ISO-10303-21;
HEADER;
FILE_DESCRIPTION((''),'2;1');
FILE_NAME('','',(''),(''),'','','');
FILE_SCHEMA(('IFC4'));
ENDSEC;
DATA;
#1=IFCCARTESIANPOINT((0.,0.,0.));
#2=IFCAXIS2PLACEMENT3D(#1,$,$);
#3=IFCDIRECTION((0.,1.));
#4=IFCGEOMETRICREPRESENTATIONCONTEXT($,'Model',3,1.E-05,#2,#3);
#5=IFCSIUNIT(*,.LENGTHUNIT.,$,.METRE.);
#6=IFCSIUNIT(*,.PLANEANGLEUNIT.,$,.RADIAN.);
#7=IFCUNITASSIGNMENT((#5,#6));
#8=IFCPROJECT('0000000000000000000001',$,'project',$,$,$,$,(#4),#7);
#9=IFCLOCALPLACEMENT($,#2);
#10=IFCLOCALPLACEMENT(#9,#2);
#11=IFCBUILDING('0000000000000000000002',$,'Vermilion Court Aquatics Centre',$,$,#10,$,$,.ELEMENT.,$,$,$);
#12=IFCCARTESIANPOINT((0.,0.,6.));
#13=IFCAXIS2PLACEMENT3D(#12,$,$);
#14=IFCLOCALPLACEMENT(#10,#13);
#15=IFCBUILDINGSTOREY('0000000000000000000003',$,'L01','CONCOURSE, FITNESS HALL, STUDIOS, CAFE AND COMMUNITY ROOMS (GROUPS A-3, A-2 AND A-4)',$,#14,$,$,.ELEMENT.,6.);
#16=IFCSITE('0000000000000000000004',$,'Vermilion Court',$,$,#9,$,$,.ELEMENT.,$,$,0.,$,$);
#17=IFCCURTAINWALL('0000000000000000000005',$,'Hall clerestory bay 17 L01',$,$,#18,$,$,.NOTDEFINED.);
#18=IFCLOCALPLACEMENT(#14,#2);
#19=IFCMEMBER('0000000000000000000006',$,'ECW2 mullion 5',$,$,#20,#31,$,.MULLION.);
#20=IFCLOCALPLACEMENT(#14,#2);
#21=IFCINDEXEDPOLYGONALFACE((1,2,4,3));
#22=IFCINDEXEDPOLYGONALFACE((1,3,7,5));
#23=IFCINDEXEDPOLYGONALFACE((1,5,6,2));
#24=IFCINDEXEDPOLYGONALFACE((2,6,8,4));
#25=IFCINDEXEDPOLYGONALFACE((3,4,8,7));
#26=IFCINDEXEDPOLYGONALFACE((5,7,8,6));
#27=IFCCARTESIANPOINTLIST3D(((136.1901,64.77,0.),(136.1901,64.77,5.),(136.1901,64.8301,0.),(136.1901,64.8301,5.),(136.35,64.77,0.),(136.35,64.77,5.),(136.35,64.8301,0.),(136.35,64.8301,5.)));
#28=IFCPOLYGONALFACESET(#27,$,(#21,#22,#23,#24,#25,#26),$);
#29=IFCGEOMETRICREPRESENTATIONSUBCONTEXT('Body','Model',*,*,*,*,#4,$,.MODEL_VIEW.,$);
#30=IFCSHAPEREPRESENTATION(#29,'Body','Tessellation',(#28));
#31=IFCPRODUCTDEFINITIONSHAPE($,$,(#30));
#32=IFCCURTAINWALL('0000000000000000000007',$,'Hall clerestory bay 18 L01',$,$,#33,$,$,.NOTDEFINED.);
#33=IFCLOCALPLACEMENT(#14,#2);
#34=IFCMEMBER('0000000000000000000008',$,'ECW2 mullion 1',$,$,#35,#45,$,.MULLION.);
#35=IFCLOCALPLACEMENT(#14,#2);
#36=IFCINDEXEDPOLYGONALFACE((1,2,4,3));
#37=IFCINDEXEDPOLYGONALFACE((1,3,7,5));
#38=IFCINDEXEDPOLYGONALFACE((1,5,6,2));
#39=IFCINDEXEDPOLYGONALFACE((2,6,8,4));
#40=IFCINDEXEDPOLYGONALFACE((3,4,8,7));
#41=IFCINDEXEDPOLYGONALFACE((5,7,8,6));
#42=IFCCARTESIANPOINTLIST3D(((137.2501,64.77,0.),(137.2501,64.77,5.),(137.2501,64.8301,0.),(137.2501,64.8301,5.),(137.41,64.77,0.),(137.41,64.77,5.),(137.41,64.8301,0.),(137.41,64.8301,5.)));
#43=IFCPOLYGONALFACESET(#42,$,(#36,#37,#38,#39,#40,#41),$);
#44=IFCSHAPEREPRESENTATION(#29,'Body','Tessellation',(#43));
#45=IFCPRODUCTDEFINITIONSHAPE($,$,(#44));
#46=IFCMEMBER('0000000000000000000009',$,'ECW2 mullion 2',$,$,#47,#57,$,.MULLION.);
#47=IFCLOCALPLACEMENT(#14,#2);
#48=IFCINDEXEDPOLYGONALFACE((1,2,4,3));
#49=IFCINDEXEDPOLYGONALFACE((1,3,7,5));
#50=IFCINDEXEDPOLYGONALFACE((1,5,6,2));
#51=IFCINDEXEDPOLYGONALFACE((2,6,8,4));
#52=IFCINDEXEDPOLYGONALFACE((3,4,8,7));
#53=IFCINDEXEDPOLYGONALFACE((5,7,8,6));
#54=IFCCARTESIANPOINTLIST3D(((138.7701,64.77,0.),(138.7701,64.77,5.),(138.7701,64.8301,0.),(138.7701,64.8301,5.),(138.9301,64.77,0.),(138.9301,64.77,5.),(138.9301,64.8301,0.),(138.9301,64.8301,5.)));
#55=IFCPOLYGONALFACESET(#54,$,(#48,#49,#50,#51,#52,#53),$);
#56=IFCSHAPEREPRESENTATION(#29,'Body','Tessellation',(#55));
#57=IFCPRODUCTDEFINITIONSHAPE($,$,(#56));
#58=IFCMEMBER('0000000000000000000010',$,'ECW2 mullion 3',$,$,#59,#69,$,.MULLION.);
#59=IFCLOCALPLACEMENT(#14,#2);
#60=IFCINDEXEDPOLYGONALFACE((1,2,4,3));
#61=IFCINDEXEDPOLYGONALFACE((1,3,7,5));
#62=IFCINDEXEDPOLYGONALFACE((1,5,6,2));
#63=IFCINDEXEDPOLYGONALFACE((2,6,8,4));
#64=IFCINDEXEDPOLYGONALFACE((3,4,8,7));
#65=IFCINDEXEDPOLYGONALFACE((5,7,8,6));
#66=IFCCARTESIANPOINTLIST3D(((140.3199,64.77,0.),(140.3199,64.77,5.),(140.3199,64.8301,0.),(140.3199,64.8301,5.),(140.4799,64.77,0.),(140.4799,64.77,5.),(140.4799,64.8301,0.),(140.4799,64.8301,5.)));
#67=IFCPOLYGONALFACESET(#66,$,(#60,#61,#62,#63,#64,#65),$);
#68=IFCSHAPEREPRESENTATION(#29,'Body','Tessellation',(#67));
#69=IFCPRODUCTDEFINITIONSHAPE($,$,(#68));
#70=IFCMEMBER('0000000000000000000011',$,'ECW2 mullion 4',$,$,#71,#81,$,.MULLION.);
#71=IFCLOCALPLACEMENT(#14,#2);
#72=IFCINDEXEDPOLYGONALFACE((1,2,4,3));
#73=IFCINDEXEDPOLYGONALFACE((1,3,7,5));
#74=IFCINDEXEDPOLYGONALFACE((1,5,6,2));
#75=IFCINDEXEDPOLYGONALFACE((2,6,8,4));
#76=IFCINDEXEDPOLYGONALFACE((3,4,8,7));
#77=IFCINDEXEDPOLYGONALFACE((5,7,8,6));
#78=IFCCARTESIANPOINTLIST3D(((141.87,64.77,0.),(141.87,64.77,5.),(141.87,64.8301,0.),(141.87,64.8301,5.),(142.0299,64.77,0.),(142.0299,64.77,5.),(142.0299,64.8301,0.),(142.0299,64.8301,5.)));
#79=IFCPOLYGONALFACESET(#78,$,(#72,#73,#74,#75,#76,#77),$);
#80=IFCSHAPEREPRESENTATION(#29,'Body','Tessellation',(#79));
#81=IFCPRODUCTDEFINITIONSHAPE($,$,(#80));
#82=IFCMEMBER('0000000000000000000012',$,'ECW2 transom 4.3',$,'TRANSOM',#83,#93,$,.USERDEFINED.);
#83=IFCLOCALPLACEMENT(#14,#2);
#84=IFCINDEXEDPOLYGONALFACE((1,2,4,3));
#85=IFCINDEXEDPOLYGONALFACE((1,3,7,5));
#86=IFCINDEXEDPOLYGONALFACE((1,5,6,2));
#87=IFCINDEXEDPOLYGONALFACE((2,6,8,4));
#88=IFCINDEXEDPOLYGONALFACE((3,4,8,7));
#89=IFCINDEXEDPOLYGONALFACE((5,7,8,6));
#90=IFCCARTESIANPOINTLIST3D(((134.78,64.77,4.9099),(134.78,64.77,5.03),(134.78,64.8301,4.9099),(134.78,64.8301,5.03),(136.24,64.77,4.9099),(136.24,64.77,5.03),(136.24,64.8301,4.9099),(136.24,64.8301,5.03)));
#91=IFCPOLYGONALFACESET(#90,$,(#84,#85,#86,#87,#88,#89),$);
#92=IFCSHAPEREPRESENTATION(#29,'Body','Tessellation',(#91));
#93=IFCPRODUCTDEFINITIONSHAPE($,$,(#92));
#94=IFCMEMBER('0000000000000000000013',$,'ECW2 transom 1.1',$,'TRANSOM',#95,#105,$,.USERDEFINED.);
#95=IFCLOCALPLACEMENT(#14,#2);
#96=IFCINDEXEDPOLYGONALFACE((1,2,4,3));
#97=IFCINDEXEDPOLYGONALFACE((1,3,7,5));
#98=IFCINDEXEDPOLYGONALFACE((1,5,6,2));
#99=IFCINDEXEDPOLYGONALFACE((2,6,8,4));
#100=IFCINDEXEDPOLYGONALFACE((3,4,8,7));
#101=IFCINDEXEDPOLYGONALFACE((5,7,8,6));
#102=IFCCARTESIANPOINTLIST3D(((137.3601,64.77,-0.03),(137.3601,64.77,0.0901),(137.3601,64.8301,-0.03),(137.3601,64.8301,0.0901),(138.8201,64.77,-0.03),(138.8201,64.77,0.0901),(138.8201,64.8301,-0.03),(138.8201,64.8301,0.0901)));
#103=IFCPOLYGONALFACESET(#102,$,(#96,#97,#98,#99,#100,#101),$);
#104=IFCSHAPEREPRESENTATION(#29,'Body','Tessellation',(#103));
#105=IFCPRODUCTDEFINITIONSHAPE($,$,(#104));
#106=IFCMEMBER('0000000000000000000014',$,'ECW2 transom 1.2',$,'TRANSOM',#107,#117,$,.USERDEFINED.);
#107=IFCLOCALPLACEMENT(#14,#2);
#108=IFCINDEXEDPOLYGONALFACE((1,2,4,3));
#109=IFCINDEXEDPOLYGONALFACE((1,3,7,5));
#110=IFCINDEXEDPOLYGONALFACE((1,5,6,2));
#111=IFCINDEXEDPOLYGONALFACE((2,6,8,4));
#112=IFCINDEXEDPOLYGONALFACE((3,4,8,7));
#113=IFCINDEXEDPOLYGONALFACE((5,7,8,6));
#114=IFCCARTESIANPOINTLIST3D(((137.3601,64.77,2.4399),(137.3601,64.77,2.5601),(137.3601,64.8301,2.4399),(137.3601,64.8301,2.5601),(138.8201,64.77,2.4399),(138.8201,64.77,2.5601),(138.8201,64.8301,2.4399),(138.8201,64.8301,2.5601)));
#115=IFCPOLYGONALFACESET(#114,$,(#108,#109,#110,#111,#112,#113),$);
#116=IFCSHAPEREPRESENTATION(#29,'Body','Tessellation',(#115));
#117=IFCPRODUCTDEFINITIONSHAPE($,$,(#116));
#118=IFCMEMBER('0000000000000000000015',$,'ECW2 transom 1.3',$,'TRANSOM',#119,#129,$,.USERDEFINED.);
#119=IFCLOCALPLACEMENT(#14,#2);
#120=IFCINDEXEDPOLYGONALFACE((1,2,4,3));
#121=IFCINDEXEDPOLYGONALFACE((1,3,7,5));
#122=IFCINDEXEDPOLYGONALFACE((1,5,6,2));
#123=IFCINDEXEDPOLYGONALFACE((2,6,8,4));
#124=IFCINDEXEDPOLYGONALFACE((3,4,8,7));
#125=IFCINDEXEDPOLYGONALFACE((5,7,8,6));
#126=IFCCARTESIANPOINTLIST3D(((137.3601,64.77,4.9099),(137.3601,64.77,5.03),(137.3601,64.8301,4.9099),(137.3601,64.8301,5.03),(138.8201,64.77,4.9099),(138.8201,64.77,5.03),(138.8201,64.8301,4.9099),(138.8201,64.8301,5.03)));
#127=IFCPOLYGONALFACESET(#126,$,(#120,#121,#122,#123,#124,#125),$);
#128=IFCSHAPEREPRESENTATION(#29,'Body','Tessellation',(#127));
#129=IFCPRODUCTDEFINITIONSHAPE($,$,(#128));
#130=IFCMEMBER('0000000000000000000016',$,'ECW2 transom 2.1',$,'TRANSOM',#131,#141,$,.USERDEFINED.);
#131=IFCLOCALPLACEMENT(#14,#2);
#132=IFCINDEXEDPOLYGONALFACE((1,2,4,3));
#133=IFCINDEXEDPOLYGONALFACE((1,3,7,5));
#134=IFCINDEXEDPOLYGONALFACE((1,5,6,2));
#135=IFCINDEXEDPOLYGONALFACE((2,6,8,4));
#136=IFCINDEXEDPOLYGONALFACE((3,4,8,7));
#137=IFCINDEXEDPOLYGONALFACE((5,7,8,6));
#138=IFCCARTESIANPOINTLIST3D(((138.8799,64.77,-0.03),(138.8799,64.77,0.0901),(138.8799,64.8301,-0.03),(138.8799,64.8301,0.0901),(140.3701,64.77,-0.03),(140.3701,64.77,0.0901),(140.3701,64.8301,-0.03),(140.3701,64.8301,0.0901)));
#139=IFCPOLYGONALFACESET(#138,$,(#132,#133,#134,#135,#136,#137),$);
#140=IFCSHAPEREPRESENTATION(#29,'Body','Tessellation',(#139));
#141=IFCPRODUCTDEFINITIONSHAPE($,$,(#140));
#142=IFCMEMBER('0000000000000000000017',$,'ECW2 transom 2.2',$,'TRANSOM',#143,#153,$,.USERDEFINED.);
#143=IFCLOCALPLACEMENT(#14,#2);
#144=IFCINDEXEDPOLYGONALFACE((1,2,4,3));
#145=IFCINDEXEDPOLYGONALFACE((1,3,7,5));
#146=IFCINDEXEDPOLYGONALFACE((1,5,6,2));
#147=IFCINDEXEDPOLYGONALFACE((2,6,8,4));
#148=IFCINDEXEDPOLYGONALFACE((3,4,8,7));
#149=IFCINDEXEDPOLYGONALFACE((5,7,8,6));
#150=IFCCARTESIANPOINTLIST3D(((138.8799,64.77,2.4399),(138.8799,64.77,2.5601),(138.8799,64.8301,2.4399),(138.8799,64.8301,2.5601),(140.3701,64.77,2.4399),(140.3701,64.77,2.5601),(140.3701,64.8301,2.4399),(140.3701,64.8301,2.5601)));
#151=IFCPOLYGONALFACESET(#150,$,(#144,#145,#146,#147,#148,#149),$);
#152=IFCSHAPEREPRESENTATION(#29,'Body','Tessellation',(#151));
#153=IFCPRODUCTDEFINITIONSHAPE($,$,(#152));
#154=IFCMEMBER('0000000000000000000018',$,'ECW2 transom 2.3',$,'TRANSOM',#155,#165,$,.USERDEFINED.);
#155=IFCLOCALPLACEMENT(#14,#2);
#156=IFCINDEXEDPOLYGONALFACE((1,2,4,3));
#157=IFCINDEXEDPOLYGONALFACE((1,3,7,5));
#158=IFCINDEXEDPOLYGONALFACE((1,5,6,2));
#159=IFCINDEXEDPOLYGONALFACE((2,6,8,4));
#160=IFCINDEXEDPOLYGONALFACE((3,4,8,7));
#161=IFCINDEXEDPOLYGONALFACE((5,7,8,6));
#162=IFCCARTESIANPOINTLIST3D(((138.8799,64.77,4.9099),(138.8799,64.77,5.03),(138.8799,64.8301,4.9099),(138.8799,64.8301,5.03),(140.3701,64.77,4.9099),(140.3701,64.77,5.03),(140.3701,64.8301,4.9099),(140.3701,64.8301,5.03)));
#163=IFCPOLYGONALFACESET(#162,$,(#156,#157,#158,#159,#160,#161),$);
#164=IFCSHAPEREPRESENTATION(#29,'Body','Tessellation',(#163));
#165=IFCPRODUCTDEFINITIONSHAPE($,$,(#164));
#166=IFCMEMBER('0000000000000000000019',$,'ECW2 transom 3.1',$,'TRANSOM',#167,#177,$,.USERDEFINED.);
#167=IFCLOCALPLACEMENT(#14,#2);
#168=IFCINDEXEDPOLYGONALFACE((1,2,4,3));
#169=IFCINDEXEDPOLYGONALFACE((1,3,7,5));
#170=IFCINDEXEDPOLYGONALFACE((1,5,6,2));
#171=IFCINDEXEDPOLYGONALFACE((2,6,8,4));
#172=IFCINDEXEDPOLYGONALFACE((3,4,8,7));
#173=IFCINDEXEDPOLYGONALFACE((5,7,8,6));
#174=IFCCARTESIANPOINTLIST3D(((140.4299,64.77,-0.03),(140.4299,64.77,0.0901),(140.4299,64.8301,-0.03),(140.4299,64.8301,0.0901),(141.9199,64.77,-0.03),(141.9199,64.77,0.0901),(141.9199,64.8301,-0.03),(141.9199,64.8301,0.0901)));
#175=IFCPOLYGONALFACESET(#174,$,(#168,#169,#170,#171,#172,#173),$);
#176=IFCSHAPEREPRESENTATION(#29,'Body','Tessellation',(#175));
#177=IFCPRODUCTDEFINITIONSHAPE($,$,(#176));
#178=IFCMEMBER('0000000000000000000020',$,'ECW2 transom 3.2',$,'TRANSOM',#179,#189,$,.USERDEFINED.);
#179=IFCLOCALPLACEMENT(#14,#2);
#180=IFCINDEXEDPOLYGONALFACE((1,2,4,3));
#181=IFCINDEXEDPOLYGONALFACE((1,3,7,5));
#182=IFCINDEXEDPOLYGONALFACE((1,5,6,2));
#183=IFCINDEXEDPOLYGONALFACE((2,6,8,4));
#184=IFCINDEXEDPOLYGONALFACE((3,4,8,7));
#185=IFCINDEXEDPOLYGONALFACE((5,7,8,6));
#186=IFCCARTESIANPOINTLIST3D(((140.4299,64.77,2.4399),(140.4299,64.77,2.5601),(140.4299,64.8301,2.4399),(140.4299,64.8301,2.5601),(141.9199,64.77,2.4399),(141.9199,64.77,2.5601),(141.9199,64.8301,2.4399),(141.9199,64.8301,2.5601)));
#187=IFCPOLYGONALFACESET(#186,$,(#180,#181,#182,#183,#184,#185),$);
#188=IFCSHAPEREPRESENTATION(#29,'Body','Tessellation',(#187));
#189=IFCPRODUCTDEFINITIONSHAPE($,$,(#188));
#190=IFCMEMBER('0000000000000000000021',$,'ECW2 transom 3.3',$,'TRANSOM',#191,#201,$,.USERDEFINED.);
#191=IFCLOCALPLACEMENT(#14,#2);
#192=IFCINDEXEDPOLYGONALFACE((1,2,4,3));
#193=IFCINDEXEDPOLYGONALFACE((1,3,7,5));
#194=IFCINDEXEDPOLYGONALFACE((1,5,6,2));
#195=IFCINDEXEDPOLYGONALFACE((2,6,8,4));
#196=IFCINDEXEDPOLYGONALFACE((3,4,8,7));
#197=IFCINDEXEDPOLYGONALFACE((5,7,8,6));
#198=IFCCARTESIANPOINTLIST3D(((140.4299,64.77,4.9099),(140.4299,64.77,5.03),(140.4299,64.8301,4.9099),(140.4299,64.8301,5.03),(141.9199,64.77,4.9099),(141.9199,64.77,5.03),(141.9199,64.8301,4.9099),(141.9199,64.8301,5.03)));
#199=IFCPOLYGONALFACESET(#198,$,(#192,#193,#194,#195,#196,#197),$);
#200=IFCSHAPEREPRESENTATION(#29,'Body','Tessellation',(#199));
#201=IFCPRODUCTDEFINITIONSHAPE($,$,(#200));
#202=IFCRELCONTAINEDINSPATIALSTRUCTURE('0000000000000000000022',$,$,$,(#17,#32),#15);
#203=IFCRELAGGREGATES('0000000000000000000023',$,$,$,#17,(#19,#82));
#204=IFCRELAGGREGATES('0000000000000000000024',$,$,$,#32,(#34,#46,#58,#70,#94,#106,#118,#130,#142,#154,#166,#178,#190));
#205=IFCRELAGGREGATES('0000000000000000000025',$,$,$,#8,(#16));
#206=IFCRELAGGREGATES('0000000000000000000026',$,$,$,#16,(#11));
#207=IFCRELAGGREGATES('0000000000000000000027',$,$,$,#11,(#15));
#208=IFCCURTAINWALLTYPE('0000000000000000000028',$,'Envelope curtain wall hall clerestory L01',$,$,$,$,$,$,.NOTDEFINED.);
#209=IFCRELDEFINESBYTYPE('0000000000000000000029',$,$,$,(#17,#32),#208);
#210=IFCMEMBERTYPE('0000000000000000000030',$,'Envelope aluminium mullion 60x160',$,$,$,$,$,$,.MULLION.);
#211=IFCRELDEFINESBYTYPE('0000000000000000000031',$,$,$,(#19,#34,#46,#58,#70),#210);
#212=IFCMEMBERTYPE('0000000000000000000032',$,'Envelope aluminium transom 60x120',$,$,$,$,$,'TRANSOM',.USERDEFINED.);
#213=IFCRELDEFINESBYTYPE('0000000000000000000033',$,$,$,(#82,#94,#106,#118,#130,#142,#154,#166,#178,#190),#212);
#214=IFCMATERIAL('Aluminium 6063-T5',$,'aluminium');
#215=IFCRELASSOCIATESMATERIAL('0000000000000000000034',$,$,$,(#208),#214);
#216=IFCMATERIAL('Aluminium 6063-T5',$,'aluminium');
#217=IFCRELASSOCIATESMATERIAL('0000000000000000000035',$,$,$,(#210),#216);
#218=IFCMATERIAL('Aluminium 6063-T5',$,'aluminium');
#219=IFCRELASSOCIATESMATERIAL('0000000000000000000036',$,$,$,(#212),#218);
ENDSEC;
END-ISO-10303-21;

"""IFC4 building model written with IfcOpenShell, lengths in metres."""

from ifc_helpers import new_model, si_unit, direction, frame, origin, origin_2d, place, context, subcontext, project, spatial, rectangle, extrude, material, material_profile, profile_set, type_object, element, aggregate, save


model = new_model("IFC4")

# Units and contexts
model_context = context("Model", 3, precision=1e-05, world=origin(), true_north=direction((0.0, 1.0)))
body_context = subcontext(model_context, "Body", "Model", "MODEL_VIEW")
ifc_project = project(units=[si_unit("LENGTHUNIT", "METRE"), si_unit("PLANEANGLEUNIT", "RADIAN")], contexts=[model_context])

# Site, building, storey
site_placement = place(None, origin())
site = spatial("IfcSite", under=ifc_project, at=site_placement, Name="Vermilion Court", CompositionType="ELEMENT", RefElevation=0.0)
building_placement = place(site_placement, origin())
building = spatial("IfcBuilding", under=site, at=building_placement, Name="Vermilion Court Aquatics Centre", CompositionType="ELEMENT")
storey_placement = place(building_placement, frame((0.0, 0.0, 6.0)))
storey = spatial("IfcBuildingStorey", under=building, at=storey_placement, Name="L01", Description="CONCOURSE, FITNESS HALL, STUDIOS, CAFE AND COMMUNITY ROOMS (GROUPS A-3, A-2 AND A-4)", CompositionType="ELEMENT", Elevation=6.0)

# Curtain wall, member
ifc_material_1 = material(Name="Aluminium 6063-T5", Category="aluminium")
curtain_wall_type = type_object("IfcCurtainWallType", Name="Envelope curtain wall hall clerestory L01", PredefinedType="NOTDEFINED", material=ifc_material_1)
curtain_wall_1_placement = place(storey_placement, origin())
curtain_wall_1 = element("IfcCurtainWall", 1, at=curtain_wall_1_placement, inside=storey, type_object=curtain_wall_type, Name="Hall clerestory bay 17 L01", PredefinedType="NOTDEFINED")
ifc_material_2 = material(Name="Aluminium 6063-T5", Category="aluminium")
ifc_material_profile_1 = material_profile(ifc_material_2, rectangle(XDim=0.0601, YDim=0.1599, at=origin_2d()), Name="AL 60x160")
ifc_profile_set_1 = profile_set([ifc_material_profile_1], Name="Aluminium 6063-T5")
member_type_1 = type_object("IfcMemberType", Name="Envelope aluminium mullion 60x160", PredefinedType="MULLION", material=ifc_profile_set_1)
member_1_placement = place(storey_placement, frame((136.27, 64.8, 0.0), z_axis=(0.0, 0.0, 1.0), x_axis=(0.0, 1.0, 0.0)))
member_1 = element("IfcMember", 2, at=member_1_placement, type_object=member_type_1, Name="ECW2 mullion 5", PredefinedType="MULLION", context=body_context, shape_type="SweptSolid", body=[
    extrude(rectangle(XDim=0.0601, YDim=0.1599, at=origin_2d()), origin(), (0.0, 0.0, 1.0), 5.0),
])

# Curtain wall, members
curtain_wall_2_placement = place(storey_placement, origin())
curtain_wall_2 = element("IfcCurtainWall", 3, at=curtain_wall_2_placement, inside=storey, type_object=curtain_wall_type, Name="Hall clerestory bay 18 L01", PredefinedType="NOTDEFINED")
member_2_placement = place(storey_placement, frame((137.3301, 64.8, 0.0), z_axis=(0.0, 0.0, 1.0), x_axis=(0.0, 1.0, 0.0)))
member_2 = element("IfcMember", 4, at=member_2_placement, type_object=member_type_1, Name="ECW2 mullion 1", PredefinedType="MULLION", context=body_context, shape_type="SweptSolid", body=[
    extrude(rectangle(XDim=0.0601, YDim=0.1599, at=origin_2d()), origin(), (0.0, 0.0, 1.0), 5.0),
])
member_3_placement = place(storey_placement, frame((138.8501, 64.8, 0.0), z_axis=(0.0, 0.0, 1.0), x_axis=(0.0, 1.0, 0.0)))
member_3 = element("IfcMember", 5, at=member_3_placement, type_object=member_type_1, Name="ECW2 mullion 2", PredefinedType="MULLION", context=body_context, shape_type="SweptSolid", body=[
    extrude(rectangle(XDim=0.0601, YDim=0.1599, at=origin_2d()), origin(), (0.0, 0.0, 1.0), 5.0),
])
member_4_placement = place(storey_placement, frame((140.3999, 64.8, 0.0), z_axis=(0.0, 0.0, 1.0), x_axis=(0.0, 1.0, 0.0)))
member_4 = element("IfcMember", 6, at=member_4_placement, type_object=member_type_1, Name="ECW2 mullion 3", PredefinedType="MULLION", context=body_context, shape_type="SweptSolid", body=[
    extrude(rectangle(XDim=0.0601, YDim=0.1599, at=origin_2d()), origin(), (0.0, 0.0, 1.0), 5.0),
])
member_5_placement = place(storey_placement, frame((141.95, 64.8, 0.0), z_axis=(0.0, 0.0, 1.0), x_axis=(0.0, 1.0, 0.0)))
member_5 = element("IfcMember", 7, at=member_5_placement, type_object=member_type_1, Name="ECW2 mullion 4", PredefinedType="MULLION", context=body_context, shape_type="SweptSolid", body=[
    extrude(rectangle(XDim=0.0601, YDim=0.1599, at=origin_2d()), origin(), (0.0, 0.0, 1.0), 5.0),
])

# Members
ifc_material_3 = material(Name="Aluminium 6063-T5", Category="aluminium")
ifc_material_profile_2 = material_profile(ifc_material_3, rectangle(XDim=0.0601, YDim=0.1201, at=origin_2d()), Name="AL 60x120")
ifc_profile_set_2 = profile_set([ifc_material_profile_2], Name="Aluminium 6063-T5")
member_type_2 = type_object("IfcMemberType", Name="Envelope aluminium transom 60x120", ElementType="TRANSOM", PredefinedType="USERDEFINED", material=ifc_profile_set_2)
member_6_placement = place(storey_placement, frame((134.78, 64.8, 4.97), z_axis=(1.0, 0.0, 0.0), x_axis=(0.0, 1.0, 0.0)))
member_6 = element("IfcMember", 8, at=member_6_placement, type_object=member_type_2, Name="ECW2 transom 4.3", ObjectType="TRANSOM", PredefinedType="USERDEFINED", context=body_context, shape_type="SweptSolid", body=[
    extrude(rectangle(XDim=0.0601, YDim=0.1201, at=origin_2d()), origin(), (0.0, 0.0, 1.0), 1.46),
])
member_7_placement = place(storey_placement, frame((137.3601, 64.8, 0.03), z_axis=(1.0, 0.0, 0.0), x_axis=(0.0, 1.0, 0.0)))
member_7 = element("IfcMember", 9, at=member_7_placement, type_object=member_type_2, Name="ECW2 transom 1.1", ObjectType="TRANSOM", PredefinedType="USERDEFINED", context=body_context, shape_type="SweptSolid", body=[
    extrude(rectangle(XDim=0.0601, YDim=0.1201, at=origin_2d()), origin(), (0.0, 0.0, 1.0), 1.46),
])
member_8_placement = place(storey_placement, frame((137.3601, 64.8, 2.5), z_axis=(1.0, 0.0, 0.0), x_axis=(0.0, 1.0, 0.0)))
member_8 = element("IfcMember", 10, at=member_8_placement, type_object=member_type_2, Name="ECW2 transom 1.2", ObjectType="TRANSOM", PredefinedType="USERDEFINED", context=body_context, shape_type="SweptSolid", body=[
    extrude(rectangle(XDim=0.0601, YDim=0.1201, at=origin_2d()), origin(), (0.0, 0.0, 1.0), 1.46),
])
member_9_placement = place(storey_placement, frame((137.3601, 64.8, 4.97), z_axis=(1.0, 0.0, 0.0), x_axis=(0.0, 1.0, 0.0)))
member_9 = element("IfcMember", 11, at=member_9_placement, type_object=member_type_2, Name="ECW2 transom 1.3", ObjectType="TRANSOM", PredefinedType="USERDEFINED", context=body_context, shape_type="SweptSolid", body=[
    extrude(rectangle(XDim=0.0601, YDim=0.1201, at=origin_2d()), origin(), (0.0, 0.0, 1.0), 1.46),
])
member_10_placement = place(storey_placement, frame((138.8799, 64.8, 0.03), z_axis=(1.0, 0.0, 0.0), x_axis=(0.0, 1.0, 0.0)))
member_10 = element("IfcMember", 12, at=member_10_placement, type_object=member_type_2, Name="ECW2 transom 2.1", ObjectType="TRANSOM", PredefinedType="USERDEFINED", context=body_context, shape_type="SweptSolid", body=[
    extrude(rectangle(XDim=0.0601, YDim=0.1201, at=origin_2d()), origin(), (0.0, 0.0, 1.0), 1.4902),
])
member_11_placement = place(storey_placement, frame((138.8799, 64.8, 2.5), z_axis=(1.0, 0.0, 0.0), x_axis=(0.0, 1.0, 0.0)))
member_11 = element("IfcMember", 13, at=member_11_placement, type_object=member_type_2, Name="ECW2 transom 2.2", ObjectType="TRANSOM", PredefinedType="USERDEFINED", context=body_context, shape_type="SweptSolid", body=[
    extrude(rectangle(XDim=0.0601, YDim=0.1201, at=origin_2d()), origin(), (0.0, 0.0, 1.0), 1.4902),
])
member_12_placement = place(storey_placement, frame((138.8799, 64.8, 4.97), z_axis=(1.0, 0.0, 0.0), x_axis=(0.0, 1.0, 0.0)))
member_12 = element("IfcMember", 14, at=member_12_placement, type_object=member_type_2, Name="ECW2 transom 2.3", ObjectType="TRANSOM", PredefinedType="USERDEFINED", context=body_context, shape_type="SweptSolid", body=[
    extrude(rectangle(XDim=0.0601, YDim=0.1201, at=origin_2d()), origin(), (0.0, 0.0, 1.0), 1.4902),
])
member_13_placement = place(storey_placement, frame((140.4299, 64.8, 0.03), z_axis=(1.0, 0.0, 0.0), x_axis=(0.0, 1.0, 0.0)))
member_13 = element("IfcMember", 15, at=member_13_placement, type_object=member_type_2, Name="ECW2 transom 3.1", ObjectType="TRANSOM", PredefinedType="USERDEFINED", context=body_context, shape_type="SweptSolid", body=[
    extrude(rectangle(XDim=0.0601, YDim=0.1201, at=origin_2d()), origin(), (0.0, 0.0, 1.0), 1.49),
])
member_14_placement = place(storey_placement, frame((140.4299, 64.8, 2.5), z_axis=(1.0, 0.0, 0.0), x_axis=(0.0, 1.0, 0.0)))
member_14 = element("IfcMember", 16, at=member_14_placement, type_object=member_type_2, Name="ECW2 transom 3.2", ObjectType="TRANSOM", PredefinedType="USERDEFINED", context=body_context, shape_type="SweptSolid", body=[
    extrude(rectangle(XDim=0.0601, YDim=0.1201, at=origin_2d()), origin(), (0.0, 0.0, 1.0), 1.49),
])
member_15_placement = place(storey_placement, frame((140.4299, 64.8, 4.97), z_axis=(1.0, 0.0, 0.0), x_axis=(0.0, 1.0, 0.0)))
member_15 = element("IfcMember", 17, at=member_15_placement, type_object=member_type_2, Name="ECW2 transom 3.3", ObjectType="TRANSOM", PredefinedType="USERDEFINED", context=body_context, shape_type="SweptSolid", body=[
    extrude(rectangle(XDim=0.0601, YDim=0.1201, at=origin_2d()), origin(), (0.0, 0.0, 1.0), 1.49),
])

aggregate(curtain_wall_1, [member_1, member_6])
aggregate(curtain_wall_2, [member_2, member_3, member_4, member_5, member_7, member_8, member_9, member_10, member_11, member_12, member_13, member_14, member_15])

save(model, "model.ifc")
